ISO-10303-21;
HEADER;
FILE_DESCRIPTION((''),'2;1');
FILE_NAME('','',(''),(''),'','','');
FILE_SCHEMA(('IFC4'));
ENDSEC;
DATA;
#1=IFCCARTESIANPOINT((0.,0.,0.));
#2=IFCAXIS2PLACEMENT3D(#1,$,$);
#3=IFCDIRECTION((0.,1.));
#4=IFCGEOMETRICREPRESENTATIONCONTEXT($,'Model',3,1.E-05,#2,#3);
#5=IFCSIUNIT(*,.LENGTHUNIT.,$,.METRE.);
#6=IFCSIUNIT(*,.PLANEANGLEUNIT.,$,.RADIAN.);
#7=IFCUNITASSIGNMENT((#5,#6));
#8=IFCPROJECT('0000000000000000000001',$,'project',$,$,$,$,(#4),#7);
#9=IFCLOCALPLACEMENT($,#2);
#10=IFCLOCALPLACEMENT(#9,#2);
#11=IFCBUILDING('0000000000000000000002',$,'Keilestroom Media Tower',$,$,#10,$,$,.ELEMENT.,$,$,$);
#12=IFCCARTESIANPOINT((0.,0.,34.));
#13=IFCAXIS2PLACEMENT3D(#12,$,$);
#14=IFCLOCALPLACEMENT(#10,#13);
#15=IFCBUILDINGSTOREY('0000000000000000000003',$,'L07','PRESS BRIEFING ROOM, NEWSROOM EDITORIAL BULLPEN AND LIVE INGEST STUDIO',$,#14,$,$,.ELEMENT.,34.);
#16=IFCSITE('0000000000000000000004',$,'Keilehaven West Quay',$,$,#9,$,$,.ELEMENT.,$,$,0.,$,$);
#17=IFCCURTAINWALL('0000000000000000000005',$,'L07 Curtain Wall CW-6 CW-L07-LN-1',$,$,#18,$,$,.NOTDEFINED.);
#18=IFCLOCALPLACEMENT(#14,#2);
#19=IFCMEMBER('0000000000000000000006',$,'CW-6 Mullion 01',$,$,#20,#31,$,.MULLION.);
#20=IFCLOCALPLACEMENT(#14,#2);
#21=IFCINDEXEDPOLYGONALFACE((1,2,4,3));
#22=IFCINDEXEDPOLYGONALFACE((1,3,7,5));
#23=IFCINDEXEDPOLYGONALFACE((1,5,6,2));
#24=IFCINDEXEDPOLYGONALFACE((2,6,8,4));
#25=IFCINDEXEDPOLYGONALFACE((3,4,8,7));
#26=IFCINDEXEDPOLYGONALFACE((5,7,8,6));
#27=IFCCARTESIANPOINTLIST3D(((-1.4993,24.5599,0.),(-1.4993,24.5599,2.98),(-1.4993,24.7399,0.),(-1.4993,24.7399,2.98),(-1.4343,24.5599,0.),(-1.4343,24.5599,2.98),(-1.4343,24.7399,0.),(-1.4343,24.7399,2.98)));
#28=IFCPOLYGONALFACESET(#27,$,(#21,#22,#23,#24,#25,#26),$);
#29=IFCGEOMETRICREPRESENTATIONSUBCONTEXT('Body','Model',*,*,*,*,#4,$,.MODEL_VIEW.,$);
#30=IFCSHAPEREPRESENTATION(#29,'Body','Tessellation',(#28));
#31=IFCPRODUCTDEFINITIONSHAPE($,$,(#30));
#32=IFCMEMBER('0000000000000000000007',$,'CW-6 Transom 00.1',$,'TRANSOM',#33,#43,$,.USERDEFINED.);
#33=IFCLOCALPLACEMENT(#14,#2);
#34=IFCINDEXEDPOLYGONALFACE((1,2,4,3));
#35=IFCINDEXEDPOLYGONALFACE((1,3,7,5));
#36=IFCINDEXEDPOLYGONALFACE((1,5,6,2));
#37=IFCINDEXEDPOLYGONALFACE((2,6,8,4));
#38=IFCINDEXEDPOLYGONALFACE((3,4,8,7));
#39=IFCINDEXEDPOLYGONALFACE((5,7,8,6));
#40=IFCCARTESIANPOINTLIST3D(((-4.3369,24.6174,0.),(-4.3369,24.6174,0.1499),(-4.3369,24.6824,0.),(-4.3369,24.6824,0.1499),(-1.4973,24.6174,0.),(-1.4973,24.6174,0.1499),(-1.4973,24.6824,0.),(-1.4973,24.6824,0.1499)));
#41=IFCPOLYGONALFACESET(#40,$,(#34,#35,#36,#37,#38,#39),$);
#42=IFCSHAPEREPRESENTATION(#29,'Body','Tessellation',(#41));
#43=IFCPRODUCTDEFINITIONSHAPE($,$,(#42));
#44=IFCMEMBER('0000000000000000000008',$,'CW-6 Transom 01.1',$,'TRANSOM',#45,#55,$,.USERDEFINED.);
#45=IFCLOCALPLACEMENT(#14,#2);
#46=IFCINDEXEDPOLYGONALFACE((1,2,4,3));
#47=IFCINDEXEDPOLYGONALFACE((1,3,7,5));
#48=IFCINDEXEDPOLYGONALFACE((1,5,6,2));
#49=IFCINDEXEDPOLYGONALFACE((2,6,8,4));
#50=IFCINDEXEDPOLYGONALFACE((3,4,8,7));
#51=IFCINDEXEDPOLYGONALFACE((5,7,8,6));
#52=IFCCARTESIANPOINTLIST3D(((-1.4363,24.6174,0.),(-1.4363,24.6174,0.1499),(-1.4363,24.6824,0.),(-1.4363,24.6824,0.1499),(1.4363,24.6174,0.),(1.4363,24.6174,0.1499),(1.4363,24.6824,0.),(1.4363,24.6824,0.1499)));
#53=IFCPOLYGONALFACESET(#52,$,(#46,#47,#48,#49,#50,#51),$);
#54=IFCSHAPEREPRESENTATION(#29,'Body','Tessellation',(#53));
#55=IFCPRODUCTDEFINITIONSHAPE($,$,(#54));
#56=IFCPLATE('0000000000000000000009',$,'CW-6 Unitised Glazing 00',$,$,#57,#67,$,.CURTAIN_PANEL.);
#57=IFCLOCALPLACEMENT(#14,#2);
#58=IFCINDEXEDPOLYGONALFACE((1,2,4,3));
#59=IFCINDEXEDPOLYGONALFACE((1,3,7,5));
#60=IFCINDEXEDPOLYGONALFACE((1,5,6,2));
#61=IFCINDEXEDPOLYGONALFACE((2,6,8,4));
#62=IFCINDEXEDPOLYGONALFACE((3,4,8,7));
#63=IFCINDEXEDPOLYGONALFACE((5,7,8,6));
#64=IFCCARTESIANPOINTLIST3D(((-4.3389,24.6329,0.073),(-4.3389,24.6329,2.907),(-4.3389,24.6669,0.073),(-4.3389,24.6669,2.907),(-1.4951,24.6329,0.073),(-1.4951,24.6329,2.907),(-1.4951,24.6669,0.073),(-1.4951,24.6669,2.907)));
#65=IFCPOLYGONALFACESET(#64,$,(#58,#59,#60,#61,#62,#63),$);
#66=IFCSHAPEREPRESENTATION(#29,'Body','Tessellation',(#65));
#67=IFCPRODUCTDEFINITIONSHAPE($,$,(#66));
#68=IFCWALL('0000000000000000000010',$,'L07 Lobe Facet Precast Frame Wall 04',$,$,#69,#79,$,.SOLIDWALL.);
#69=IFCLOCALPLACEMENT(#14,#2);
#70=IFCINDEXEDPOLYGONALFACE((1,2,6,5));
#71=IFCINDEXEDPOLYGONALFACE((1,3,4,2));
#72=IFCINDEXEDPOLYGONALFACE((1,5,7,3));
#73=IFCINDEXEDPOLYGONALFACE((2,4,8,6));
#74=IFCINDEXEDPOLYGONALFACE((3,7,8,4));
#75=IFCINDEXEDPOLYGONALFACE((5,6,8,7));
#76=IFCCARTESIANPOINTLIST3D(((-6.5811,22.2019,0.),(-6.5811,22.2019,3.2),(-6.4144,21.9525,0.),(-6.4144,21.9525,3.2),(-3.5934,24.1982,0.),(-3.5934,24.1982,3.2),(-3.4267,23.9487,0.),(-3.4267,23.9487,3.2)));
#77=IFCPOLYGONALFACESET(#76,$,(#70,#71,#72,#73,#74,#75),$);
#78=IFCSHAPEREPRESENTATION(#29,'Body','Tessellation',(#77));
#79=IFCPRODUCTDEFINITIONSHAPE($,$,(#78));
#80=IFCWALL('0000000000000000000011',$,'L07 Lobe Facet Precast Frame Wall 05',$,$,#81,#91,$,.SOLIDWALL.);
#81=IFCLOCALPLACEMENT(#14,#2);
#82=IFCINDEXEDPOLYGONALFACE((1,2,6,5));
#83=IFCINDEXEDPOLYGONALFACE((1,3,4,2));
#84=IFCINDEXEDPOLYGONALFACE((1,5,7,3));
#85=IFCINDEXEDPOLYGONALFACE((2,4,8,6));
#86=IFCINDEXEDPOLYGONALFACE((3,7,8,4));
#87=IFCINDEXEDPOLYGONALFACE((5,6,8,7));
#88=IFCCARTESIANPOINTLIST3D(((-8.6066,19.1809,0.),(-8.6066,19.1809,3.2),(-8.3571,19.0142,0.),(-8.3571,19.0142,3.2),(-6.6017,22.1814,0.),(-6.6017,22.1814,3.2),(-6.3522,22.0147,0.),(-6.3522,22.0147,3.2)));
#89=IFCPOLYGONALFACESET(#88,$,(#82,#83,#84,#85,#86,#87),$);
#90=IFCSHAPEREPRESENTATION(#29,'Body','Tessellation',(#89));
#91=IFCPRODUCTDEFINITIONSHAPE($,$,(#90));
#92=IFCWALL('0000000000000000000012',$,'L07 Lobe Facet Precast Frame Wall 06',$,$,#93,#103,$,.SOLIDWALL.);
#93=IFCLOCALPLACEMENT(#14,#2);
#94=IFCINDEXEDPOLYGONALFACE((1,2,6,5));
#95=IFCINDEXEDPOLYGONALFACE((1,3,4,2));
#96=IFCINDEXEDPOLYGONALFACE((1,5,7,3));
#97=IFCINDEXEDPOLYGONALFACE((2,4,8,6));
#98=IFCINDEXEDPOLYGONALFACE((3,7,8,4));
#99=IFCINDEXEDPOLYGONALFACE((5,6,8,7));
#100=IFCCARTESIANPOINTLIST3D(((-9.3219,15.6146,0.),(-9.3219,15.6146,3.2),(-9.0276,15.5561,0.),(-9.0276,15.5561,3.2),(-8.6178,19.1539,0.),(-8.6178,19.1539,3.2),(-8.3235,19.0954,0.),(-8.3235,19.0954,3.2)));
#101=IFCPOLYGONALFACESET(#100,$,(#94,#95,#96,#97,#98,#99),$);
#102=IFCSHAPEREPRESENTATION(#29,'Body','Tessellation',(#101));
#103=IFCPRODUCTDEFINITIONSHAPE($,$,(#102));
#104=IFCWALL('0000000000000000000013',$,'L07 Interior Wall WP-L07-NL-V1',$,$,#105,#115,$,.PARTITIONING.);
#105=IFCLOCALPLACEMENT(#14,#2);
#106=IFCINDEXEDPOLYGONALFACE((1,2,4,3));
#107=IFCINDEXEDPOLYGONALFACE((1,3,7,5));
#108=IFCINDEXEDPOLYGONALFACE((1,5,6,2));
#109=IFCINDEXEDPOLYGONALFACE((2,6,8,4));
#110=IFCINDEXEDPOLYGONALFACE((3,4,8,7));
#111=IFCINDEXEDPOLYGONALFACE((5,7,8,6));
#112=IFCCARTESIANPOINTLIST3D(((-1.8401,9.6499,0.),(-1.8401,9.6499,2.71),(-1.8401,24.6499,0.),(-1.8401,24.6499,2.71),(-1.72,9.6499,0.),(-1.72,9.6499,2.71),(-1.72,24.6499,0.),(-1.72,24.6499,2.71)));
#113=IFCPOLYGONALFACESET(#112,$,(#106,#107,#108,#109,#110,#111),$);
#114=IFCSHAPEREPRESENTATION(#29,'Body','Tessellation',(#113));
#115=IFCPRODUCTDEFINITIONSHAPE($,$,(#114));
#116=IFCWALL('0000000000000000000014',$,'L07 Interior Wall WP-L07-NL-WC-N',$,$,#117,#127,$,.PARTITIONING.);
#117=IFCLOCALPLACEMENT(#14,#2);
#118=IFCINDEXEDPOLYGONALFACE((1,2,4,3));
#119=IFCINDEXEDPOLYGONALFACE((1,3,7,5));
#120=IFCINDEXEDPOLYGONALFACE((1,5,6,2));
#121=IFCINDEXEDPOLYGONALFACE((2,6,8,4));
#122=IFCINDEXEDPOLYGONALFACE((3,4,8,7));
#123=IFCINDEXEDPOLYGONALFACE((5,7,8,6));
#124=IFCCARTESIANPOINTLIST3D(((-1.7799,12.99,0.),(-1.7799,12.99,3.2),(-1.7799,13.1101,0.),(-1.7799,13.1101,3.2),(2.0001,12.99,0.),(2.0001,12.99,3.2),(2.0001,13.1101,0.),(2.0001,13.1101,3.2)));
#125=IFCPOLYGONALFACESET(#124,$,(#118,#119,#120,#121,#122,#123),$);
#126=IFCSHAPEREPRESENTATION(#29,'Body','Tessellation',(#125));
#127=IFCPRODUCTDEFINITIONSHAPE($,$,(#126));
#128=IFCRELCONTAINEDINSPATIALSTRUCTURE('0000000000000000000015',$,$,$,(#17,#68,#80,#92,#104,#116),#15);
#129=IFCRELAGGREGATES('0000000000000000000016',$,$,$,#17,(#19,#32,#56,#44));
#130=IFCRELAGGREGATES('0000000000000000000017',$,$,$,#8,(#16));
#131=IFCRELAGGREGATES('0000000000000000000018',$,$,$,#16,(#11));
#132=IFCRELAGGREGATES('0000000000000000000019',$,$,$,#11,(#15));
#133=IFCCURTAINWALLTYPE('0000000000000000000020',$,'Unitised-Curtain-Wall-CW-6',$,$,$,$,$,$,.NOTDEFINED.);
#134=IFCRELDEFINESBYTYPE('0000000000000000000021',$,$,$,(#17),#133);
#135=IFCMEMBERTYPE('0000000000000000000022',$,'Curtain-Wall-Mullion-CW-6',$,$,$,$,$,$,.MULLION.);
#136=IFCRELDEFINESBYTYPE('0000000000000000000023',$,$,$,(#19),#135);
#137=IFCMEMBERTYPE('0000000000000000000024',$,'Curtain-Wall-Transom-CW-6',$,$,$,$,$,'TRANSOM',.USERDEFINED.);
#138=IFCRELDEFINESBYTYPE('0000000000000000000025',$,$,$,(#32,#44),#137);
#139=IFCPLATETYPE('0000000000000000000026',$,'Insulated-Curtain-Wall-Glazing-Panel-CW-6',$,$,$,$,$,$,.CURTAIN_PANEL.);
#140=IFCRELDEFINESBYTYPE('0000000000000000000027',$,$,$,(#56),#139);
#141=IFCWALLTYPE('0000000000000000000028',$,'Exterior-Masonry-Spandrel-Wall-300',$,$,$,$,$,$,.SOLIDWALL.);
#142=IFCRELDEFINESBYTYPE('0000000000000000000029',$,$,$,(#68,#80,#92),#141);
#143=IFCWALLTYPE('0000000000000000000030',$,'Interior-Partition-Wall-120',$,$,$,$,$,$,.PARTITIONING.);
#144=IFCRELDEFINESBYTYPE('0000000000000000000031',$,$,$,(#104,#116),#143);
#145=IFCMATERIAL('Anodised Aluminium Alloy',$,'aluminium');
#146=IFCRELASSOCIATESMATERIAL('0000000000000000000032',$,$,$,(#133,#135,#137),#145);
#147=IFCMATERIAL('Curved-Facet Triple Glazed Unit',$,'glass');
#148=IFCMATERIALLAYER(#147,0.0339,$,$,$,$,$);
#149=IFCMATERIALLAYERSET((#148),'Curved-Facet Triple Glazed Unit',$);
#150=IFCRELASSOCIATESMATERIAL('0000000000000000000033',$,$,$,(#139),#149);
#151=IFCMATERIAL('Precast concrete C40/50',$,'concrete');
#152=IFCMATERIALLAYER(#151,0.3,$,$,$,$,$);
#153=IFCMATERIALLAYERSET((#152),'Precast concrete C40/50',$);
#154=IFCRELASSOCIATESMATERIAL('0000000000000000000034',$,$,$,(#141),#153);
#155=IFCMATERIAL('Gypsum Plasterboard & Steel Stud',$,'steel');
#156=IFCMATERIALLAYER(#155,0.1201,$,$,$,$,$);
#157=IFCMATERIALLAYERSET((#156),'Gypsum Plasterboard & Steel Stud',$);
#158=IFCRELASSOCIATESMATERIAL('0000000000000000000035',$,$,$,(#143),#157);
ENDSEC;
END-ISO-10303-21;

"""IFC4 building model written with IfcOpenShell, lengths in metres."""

from ifc_helpers import new_model, si_unit, direction, frame, frame_2d, origin, origin_2d, place, context, subcontext, project, spatial, rectangle, extrude, source, transform, mapped, material, layer, layer_set, material_profile, profile_set, type_object, element, aggregate, save


model = new_model("IFC4")

# Units and contexts
model_context = context("Model", 3, precision=1e-05, world=origin(), true_north=direction((0.0, 1.0)))
body_context = subcontext(model_context, "Body", "Model", "MODEL_VIEW")
ifc_project = project(units=[si_unit("LENGTHUNIT", "METRE"), si_unit("PLANEANGLEUNIT", "RADIAN")], contexts=[model_context])

# Site, building, storey
site_placement = place(None, origin())
site = spatial("IfcSite", under=ifc_project, at=site_placement, Name="Keilehaven West Quay", CompositionType="ELEMENT", RefElevation=0.0)
building_placement = place(site_placement, origin())
building = spatial("IfcBuilding", under=site, at=building_placement, Name="Keilestroom Media Tower", CompositionType="ELEMENT")
storey_placement = place(building_placement, frame((0.0, 0.0, 34.0)))
storey = spatial("IfcBuildingStorey", under=building, at=storey_placement, Name="L07", Description="PRESS BRIEFING ROOM, NEWSROOM EDITORIAL BULLPEN AND LIVE INGEST STUDIO", CompositionType="ELEMENT", Elevation=34.0)

# Curtain wall, members, plate
ifc_material_1 = material(Name="Anodised Aluminium Alloy", Category="aluminium")
curtain_wall_type = type_object("IfcCurtainWallType", Name="Unitised-Curtain-Wall-CW-6", PredefinedType="NOTDEFINED", material=ifc_material_1)
curtain_wall_placement = place(storey_placement, origin())
curtain_wall = element("IfcCurtainWall", 1, at=curtain_wall_placement, inside=storey, type_object=curtain_wall_type, Name="L07 Curtain Wall CW-6 CW-L07-LN-1", PredefinedType="NOTDEFINED")
ifc_material_profile_1 = material_profile(ifc_material_1, rectangle(XDim=0.0649, YDim=0.1799, at=origin_2d()), Name="ALU MULLION 65x180")
ifc_profile_set_1 = profile_set([ifc_material_profile_1], Name="Anodised Aluminium Alloy")
member_type_1 = type_object("IfcMemberType", Name="Curtain-Wall-Mullion-CW-6", PredefinedType="MULLION", material=ifc_profile_set_1)
shared_shape_1 = source(origin(), body_context, "Body", "SweptSolid", [
    extrude(rectangle(XDim=0.0649, YDim=0.1799, at=origin_2d()), origin(), (0.0, 0.0, 1.0), 2.98),
])
member_1_placement = place(storey_placement, frame((-1.4668, 24.6499, 0.0), z_axis=(0.0, 0.0, 1.0), x_axis=(1.0, 0.0, 0.0)))
member_1 = element("IfcMember", 2, at=member_1_placement, type_object=member_type_1, Name="CW-6 Mullion 01", PredefinedType="MULLION", context=body_context, shape_type="MappedRepresentation", body=[
    mapped(shared_shape_1, transform((0.0, 0.0, 0.0), x_axis=(1.0, 0.0, 0.0), y_axis=(0.0, 1.0, 0.0), z_axis=(0.0, 0.0, 1.0), scale=1.0)),
])
ifc_material_profile_2 = material_profile(ifc_material_1, rectangle(XDim=0.0649, YDim=0.1499, at=origin_2d()), Name="ALU TRANSOM 65x150")
ifc_profile_set_2 = profile_set([ifc_material_profile_2], Name="Anodised Aluminium Alloy")
member_type_2 = type_object("IfcMemberType", Name="Curtain-Wall-Transom-CW-6", ElementType="TRANSOM", PredefinedType="USERDEFINED", material=ifc_profile_set_2)
shared_shape_2 = source(origin(), body_context, "Body", "SweptSolid", [
    extrude(rectangle(XDim=0.0649, YDim=0.1499, at=origin_2d()), origin(), (0.0, 0.0, 1.0), 2.8396),
])
member_2_placement = place(storey_placement, frame((-4.3369, 24.6499, 0.075), z_axis=(1.0, 0.0, 0.0), x_axis=(0.0, 1.0, 0.0)))
member_2 = element("IfcMember", 3, at=member_2_placement, type_object=member_type_2, Name="CW-6 Transom 00.1", ObjectType="TRANSOM", PredefinedType="USERDEFINED", context=body_context, shape_type="MappedRepresentation", body=[
    mapped(shared_shape_2, transform((0.0, 0.0, 0.0), x_axis=(1.0, 0.0, 0.0), y_axis=(0.0, 1.0, 0.0), z_axis=(0.0, 0.0, 1.0), scale=1.0)),
])
shared_shape_3 = source(origin(), body_context, "Body", "SweptSolid", [
    extrude(rectangle(XDim=0.0649, YDim=0.1499, at=origin_2d()), origin(), (0.0, 0.0, 1.0), 2.8726),
])
member_3_placement = place(storey_placement, frame((-1.4363, 24.6499, 0.075), z_axis=(1.0, 0.0, 0.0), x_axis=(0.0, 1.0, 0.0)))
member_3 = element("IfcMember", 4, at=member_3_placement, type_object=member_type_2, Name="CW-6 Transom 01.1", ObjectType="TRANSOM", PredefinedType="USERDEFINED", context=body_context, shape_type="MappedRepresentation", body=[
    mapped(shared_shape_3, transform((0.0, 0.0, 0.0), x_axis=(1.0, 0.0, 0.0), y_axis=(0.0, 1.0, 0.0), z_axis=(0.0, 0.0, 1.0), scale=1.0)),
])
ifc_material_2 = material(Name="Curved-Facet Triple Glazed Unit", Category="glass")
ifc_layer_1 = layer(ifc_material_2, 0.0339)
ifc_layer_set_1 = layer_set([ifc_layer_1], Name="Curved-Facet Triple Glazed Unit")
plate_type = type_object("IfcPlateType", Name="Insulated-Curtain-Wall-Glazing-Panel-CW-6", PredefinedType="CURTAIN_PANEL", material=ifc_layer_set_1)
shared_shape_4 = source(origin(), body_context, "Body", "SweptSolid", [
    extrude(rectangle(XDim=2.8438, YDim=0.0339, at=origin_2d()), origin(), (0.0, 0.0, 1.0), 2.834),
])
plate_placement = place(storey_placement, frame((-2.917, 24.6499, 0.073), z_axis=(0.0, 0.0, 1.0), x_axis=(1.0, 0.0, 0.0)))
plate = element("IfcPlate", 5, at=plate_placement, type_object=plate_type, Name="CW-6 Unitised Glazing 00", PredefinedType="CURTAIN_PANEL", context=body_context, shape_type="MappedRepresentation", body=[
    mapped(shared_shape_4, transform((0.0, 0.0, 0.0), x_axis=(1.0, 0.0, 0.0), y_axis=(0.0, 1.0, 0.0), z_axis=(0.0, 0.0, 1.0), scale=1.0)),
])
aggregate(curtain_wall, [member_1, member_2, plate, member_3])

# Walls
ifc_material_3 = material(Name="Precast concrete C40/50", Category="concrete")
ifc_layer_2 = layer(ifc_material_3, 0.3)
ifc_layer_set_2 = layer_set([ifc_layer_2], Name="Precast concrete C40/50")
wall_type_1 = type_object("IfcWallType", Name="Exterior-Masonry-Spandrel-Wall-300", PredefinedType="SOLIDWALL", material=ifc_layer_set_2)
wall_1_placement = place(storey_placement, frame((-3.51, 24.0735, 0.0), z_axis=(0.0, 0.0, 1.0), x_axis=(-0.831475, -0.555562, 0.0)))
element("IfcWall", 6, at=wall_1_placement, inside=storey, type_object=wall_type_1, Name="L07 Lobe Facet Precast Frame Wall 04", PredefinedType="SOLIDWALL", context=body_context, shape_type="SweptSolid", body=[
    extrude(rectangle(XDim=3.5933, YDim=0.3, at=frame_2d((1.7966, 0.0))), origin(), (0.0, 0.0, 1.0), 3.2),
])
for number, where, z_axis, x_axis, name in (
    (7, (-6.4771, 22.0979, 0.0), (0.0, 0.0, 1.0), (-0.555574, -0.831467, 0.0), "L07 Lobe Facet Precast Frame Wall 05"),
    (8, (-8.4707, 19.1245, 0.0), (0.0, 0.0, 1.0), (-0.195114, -0.980781, 0.0), "L07 Lobe Facet Precast Frame Wall 06"),
):
    element("IfcWall", number, at=place(storey_placement, frame(where, z_axis=z_axis, x_axis=x_axis)), inside=storey, type_object=wall_type_1, Name=name, PredefinedType="SOLIDWALL", context=body_context, shape_type="SweptSolid", body=[
        extrude(rectangle(XDim=3.6086, YDim=0.3, at=frame_2d((1.8042, 0.0))), origin(), (0.0, 0.0, 1.0), 3.2),
    ])
ifc_material_4 = material(Name="Gypsum Plasterboard & Steel Stud", Category="steel")
ifc_layer_3 = layer(ifc_material_4, 0.1201)
ifc_layer_set_3 = layer_set([ifc_layer_3], Name="Gypsum Plasterboard & Steel Stud")
wall_type_2 = type_object("IfcWallType", Name="Interior-Partition-Wall-120", PredefinedType="PARTITIONING", material=ifc_layer_set_3)
wall_2_placement = place(storey_placement, frame((-1.78, 9.6499, 0.0), z_axis=(0.0, 0.0, 1.0), x_axis=(0.0, 1.0, 0.0)))
element("IfcWall", 9, at=wall_2_placement, inside=storey, type_object=wall_type_2, Name="L07 Interior Wall WP-L07-NL-V1", PredefinedType="PARTITIONING", context=body_context, shape_type="SweptSolid", body=[
    extrude(rectangle(XDim=15.0, YDim=0.1201, at=frame_2d((7.5, 0.0))), origin(), (0.0, 0.0, 1.0), 2.71),
])
wall_3_placement = place(storey_placement, frame((-1.78, 13.05, 0.0), z_axis=(0.0, 0.0, 1.0), x_axis=(1.0, 0.0, 0.0)))
element("IfcWall", 10, at=wall_3_placement, inside=storey, type_object=wall_type_2, Name="L07 Interior Wall WP-L07-NL-WC-N", PredefinedType="PARTITIONING", context=body_context, shape_type="SweptSolid", body=[
    extrude(rectangle(XDim=3.78, YDim=0.1201, at=frame_2d((1.8901, 0.0))), origin(), (0.0, 0.0, 1.0), 3.2),
])

save(model, "model.ifc")
